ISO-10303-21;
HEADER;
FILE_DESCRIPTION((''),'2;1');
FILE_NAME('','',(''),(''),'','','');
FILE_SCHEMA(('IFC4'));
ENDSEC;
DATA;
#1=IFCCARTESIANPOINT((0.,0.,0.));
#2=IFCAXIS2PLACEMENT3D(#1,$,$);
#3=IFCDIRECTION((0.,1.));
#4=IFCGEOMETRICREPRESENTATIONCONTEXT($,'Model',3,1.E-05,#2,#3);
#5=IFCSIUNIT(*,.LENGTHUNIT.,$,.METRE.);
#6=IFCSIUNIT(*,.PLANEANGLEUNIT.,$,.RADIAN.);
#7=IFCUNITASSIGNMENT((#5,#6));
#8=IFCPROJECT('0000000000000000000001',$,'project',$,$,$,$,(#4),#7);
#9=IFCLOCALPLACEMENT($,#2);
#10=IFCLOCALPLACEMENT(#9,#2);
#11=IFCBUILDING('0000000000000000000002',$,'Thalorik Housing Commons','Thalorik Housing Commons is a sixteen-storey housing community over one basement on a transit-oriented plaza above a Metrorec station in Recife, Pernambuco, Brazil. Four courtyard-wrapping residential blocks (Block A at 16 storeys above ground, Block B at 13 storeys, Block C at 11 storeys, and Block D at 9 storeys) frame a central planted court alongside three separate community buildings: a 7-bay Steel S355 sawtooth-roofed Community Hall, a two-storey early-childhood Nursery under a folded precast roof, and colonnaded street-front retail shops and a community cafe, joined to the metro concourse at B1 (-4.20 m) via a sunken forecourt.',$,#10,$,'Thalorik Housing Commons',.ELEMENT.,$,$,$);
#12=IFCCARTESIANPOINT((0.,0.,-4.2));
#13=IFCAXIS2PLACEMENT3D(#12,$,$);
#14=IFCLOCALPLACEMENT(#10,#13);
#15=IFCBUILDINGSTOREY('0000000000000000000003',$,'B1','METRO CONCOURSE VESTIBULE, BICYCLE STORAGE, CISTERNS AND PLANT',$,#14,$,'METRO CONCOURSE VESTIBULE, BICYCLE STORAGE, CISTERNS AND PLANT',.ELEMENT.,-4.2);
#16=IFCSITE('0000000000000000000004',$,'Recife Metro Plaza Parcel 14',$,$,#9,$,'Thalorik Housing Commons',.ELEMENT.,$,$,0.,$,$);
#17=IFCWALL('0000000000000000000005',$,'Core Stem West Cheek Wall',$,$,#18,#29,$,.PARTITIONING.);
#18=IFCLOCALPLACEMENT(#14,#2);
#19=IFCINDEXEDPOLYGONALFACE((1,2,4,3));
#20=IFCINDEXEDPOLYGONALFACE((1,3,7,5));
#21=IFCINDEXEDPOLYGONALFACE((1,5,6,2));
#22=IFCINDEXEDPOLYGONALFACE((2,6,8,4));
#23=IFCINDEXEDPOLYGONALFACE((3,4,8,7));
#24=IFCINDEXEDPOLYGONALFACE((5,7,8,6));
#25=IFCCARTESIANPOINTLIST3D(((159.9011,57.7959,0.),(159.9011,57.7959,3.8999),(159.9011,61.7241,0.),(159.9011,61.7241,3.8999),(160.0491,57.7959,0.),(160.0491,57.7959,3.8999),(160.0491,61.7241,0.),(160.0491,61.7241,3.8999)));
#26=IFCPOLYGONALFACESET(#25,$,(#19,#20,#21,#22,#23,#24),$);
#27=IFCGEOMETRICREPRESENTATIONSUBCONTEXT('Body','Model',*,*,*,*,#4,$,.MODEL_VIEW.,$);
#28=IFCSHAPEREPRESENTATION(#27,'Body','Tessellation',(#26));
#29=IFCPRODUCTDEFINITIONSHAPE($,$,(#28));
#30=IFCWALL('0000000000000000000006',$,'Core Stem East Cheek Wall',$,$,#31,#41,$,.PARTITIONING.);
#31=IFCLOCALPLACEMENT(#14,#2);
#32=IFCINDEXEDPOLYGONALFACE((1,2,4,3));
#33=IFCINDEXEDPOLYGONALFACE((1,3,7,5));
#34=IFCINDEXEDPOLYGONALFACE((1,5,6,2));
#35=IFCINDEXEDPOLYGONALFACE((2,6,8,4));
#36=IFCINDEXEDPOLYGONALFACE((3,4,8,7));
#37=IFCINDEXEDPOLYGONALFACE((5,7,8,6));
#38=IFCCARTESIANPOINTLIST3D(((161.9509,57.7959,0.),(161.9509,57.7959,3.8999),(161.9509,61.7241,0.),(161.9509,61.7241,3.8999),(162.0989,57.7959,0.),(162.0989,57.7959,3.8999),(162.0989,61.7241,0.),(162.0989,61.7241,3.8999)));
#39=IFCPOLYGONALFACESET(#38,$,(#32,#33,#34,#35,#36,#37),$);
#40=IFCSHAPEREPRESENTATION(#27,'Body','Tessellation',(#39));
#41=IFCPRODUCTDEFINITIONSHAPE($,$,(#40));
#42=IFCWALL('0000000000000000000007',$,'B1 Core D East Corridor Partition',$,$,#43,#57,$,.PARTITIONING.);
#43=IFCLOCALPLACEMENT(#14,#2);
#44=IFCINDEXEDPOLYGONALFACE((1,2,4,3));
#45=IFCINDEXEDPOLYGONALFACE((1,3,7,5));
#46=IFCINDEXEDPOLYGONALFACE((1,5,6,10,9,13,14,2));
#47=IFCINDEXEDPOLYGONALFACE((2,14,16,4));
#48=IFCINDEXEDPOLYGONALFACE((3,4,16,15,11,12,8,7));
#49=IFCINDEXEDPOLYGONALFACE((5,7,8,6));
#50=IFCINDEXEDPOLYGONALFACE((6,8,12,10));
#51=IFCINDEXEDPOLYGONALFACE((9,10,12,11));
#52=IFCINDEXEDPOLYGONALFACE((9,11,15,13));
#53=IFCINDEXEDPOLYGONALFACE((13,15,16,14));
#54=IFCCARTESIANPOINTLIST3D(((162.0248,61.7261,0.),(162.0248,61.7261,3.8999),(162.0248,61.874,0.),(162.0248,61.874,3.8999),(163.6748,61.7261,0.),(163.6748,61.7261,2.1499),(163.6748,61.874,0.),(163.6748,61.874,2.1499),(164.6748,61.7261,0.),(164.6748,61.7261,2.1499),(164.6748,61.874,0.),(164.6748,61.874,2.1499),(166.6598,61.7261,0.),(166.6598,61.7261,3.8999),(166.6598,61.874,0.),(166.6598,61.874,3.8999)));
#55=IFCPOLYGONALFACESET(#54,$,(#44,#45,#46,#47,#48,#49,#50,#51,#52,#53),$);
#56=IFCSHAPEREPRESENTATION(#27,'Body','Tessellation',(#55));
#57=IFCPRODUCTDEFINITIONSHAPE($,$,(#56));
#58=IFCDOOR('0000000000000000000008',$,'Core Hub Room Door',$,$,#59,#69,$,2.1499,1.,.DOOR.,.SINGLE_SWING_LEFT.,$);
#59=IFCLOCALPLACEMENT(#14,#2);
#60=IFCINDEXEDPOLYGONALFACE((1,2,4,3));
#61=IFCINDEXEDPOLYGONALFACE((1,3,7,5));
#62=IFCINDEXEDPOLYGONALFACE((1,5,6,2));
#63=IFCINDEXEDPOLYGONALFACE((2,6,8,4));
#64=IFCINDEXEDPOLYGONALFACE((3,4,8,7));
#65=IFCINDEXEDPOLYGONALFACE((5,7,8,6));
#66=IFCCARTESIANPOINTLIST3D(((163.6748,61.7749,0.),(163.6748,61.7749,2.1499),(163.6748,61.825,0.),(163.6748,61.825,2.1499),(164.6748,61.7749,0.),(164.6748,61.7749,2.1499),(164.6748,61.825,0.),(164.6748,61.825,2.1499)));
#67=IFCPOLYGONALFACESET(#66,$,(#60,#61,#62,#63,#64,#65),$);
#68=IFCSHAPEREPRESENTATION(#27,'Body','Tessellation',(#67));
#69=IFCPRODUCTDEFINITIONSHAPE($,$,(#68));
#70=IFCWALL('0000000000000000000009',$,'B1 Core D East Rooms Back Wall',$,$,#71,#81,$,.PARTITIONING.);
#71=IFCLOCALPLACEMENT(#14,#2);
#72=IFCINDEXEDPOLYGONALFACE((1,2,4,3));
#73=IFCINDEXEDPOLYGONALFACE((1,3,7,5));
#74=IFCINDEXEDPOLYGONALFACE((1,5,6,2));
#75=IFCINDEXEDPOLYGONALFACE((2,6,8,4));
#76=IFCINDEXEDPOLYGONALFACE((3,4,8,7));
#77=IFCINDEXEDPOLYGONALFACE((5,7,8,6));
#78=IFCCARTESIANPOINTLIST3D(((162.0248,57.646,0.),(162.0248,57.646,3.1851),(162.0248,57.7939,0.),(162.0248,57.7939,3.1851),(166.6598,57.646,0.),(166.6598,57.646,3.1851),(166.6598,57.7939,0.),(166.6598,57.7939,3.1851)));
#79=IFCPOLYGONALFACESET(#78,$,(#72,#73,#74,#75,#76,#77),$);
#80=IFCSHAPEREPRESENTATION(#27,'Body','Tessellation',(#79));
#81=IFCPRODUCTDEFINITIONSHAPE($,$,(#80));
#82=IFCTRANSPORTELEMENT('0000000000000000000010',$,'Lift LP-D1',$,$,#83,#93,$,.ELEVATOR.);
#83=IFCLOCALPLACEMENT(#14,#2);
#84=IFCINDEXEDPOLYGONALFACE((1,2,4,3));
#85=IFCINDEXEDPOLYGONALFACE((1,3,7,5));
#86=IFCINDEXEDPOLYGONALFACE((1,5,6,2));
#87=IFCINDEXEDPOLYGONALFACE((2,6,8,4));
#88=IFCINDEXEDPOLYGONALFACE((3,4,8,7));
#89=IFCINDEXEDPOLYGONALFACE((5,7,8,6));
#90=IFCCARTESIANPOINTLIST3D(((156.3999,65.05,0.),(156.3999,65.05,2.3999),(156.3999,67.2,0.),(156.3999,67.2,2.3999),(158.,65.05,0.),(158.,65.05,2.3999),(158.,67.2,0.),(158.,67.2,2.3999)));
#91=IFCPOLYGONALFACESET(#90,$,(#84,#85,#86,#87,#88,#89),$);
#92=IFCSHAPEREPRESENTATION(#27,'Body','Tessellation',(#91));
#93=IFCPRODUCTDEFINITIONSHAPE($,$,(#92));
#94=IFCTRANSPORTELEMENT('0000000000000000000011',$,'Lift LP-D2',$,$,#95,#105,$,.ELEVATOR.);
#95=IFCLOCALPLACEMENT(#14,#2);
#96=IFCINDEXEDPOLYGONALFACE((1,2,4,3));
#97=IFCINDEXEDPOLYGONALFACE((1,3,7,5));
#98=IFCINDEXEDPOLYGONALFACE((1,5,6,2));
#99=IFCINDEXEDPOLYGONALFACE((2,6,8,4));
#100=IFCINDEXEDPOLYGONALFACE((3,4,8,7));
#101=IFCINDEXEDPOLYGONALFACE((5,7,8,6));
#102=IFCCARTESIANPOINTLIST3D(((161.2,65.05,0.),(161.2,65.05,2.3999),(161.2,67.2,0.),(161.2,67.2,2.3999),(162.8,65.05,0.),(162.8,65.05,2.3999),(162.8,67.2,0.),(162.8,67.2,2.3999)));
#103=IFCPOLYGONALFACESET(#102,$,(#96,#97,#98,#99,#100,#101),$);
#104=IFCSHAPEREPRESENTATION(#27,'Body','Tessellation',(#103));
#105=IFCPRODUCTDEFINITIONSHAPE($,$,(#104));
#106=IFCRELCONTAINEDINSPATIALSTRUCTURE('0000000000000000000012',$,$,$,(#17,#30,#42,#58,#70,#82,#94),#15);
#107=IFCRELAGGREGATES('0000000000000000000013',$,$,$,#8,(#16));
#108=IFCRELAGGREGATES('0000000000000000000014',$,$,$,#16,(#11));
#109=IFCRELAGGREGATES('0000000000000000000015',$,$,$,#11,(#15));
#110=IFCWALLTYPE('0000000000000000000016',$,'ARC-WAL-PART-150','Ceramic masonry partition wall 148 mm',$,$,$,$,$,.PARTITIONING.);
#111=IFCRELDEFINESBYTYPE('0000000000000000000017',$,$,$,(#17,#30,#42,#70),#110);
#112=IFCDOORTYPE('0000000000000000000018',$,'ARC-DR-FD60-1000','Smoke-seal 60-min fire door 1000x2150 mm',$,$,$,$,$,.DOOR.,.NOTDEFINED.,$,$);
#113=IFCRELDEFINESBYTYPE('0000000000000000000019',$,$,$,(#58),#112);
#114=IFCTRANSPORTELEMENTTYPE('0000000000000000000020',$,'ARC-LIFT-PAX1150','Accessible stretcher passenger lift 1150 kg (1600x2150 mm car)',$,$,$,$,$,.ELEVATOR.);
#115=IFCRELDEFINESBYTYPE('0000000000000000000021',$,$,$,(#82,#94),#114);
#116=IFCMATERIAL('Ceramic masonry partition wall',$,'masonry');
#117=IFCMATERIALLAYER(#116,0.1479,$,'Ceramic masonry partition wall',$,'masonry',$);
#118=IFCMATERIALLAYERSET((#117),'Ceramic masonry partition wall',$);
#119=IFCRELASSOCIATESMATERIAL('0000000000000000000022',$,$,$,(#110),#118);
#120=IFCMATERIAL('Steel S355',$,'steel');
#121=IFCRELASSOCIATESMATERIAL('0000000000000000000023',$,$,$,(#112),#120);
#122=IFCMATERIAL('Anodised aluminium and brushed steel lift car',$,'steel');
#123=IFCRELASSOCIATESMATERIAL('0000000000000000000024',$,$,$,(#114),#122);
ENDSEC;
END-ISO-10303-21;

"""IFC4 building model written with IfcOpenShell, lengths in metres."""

from ifc_helpers import new_model, si_unit, direction, frame, frame_2d, origin, origin_2d, place, context, subcontext, project, spatial, rectangle, extrude, material, layer, layer_set, type_object, element, fill, save


model = new_model("IFC4")

# Units and contexts
model_context = context("Model", 3, precision=1e-05, world=origin(), true_north=direction((0.0, 1.0)))
body_context = subcontext(model_context, "Body", "Model", "MODEL_VIEW")
ifc_project = project(units=[si_unit("LENGTHUNIT", "METRE"), si_unit("PLANEANGLEUNIT", "RADIAN")], contexts=[model_context])

# Site, building, storey
site_placement = place(None, origin())
site = spatial("IfcSite", under=ifc_project, at=site_placement, Name="Recife Metro Plaza Parcel 14", LongName="Thalorik Housing Commons", CompositionType="ELEMENT", RefElevation=0.0)
building_placement = place(site_placement, origin())
building = spatial("IfcBuilding", under=site, at=building_placement, Name="Thalorik Housing Commons", Description="Thalorik Housing Commons is a sixteen-storey housing community over one basement on a transit-oriented plaza above a Metrorec station in Recife, Pernambuco, Brazil. Four courtyard-wrapping residential blocks (Block A at 16 storeys above ground, Block B at 13 storeys, Block C at 11 storeys, and Block D at 9 storeys) frame a central planted court alongside three separate community buildings: a 7-bay Steel S355 sawtooth-roofed Community Hall, a two-storey early-childhood Nursery under a folded precast roof, and colonnaded street-front retail shops and a community cafe, joined to the metro concourse at B1 (-4.20 m) via a sunken forecourt.", LongName="Thalorik Housing Commons", CompositionType="ELEMENT")
storey_placement = place(building_placement, frame((0.0, 0.0, -4.2)))
storey = spatial("IfcBuildingStorey", under=building, at=storey_placement, Name="B1", Description="METRO CONCOURSE VESTIBULE, BICYCLE STORAGE, CISTERNS AND PLANT", LongName="METRO CONCOURSE VESTIBULE, BICYCLE STORAGE, CISTERNS AND PLANT", CompositionType="ELEMENT", Elevation=-4.2)

# Walls
ifc_material_1 = material(Name="Ceramic masonry partition wall", Category="masonry")
ifc_layer = layer(ifc_material_1, 0.1479, Name="Ceramic masonry partition wall", Category="masonry")
ifc_layer_set = layer_set([ifc_layer], Name="Ceramic masonry partition wall")
wall_type = type_object("IfcWallType", Name="ARC-WAL-PART-150", Description="Ceramic masonry partition wall 148 mm", PredefinedType="PARTITIONING", material=ifc_layer_set)
for number, where, z_axis, x_axis, name in (
    (1, (159.9751, 61.7241, 0.0), (0.0, 0.0, 1.0), (0.0, -1.0, 0.0), "Core Stem West Cheek Wall"),
    (2, (162.0249, 61.7241, 0.0), (0.0, 0.0, 1.0), (0.0, -1.0, 0.0), "Core Stem East Cheek Wall"),
):
    element("IfcWall", number, at=place(storey_placement, frame(where, z_axis=z_axis, x_axis=x_axis)), inside=storey, type_object=wall_type, Name=name, PredefinedType="PARTITIONING", context=body_context, shape_type="SweptSolid", body=[
        extrude(rectangle(XDim=3.9282, YDim=0.1479, at=frame_2d((1.9641, 0.0))), origin(), (0.0, 0.0, 1.0), 3.8999),
    ])

# Wall, opening, door
wall_1_placement = place(storey_placement, frame((162.0249, 61.8, 0.0), z_axis=(0.0, 0.0, 1.0), x_axis=(1.0, 0.0, 0.0)))
wall_1 = element("IfcWall", 3, at=wall_1_placement, inside=storey, type_object=wall_type, Name="B1 Core D East Corridor Partition", PredefinedType="PARTITIONING", context=body_context, shape_type="SweptSolid", body=[
    extrude(rectangle(XDim=4.635, YDim=0.1479, at=frame_2d((2.3174, 0.0))), origin(), (0.0, 0.0, 1.0), 3.8999),
])
opening_placement = place(wall_1_placement, frame((1.6499, 0.0, 0.0)))
opening = element("IfcOpeningElement", 4, at=opening_placement, cuts=wall_1, PredefinedType="OPENING", context=body_context, shape_type="SweptSolid", body=[
    extrude(rectangle(XDim=1.0, YDim=2.1499, at=frame_2d((0.5, 1.075))), frame((0.0, 0.084, 0.0), z_axis=(0.0, -1.0, 0.0), x_axis=(1.0, 0.0, 0.0)), (0.0, 0.0, 1.0), 0.168),
])
ifc_material_2 = material(Name="Steel S355", Category="steel")
door_type = type_object("IfcDoorType", Name="ARC-DR-FD60-1000", Description="Smoke-seal 60-min fire door 1000x2150 mm", OperationType="NOTDEFINED", PredefinedType="DOOR", material=ifc_material_2)
door_placement = place(opening_placement, origin())
door = element("IfcDoor", 5, at=door_placement, inside=storey, type_object=door_type, Name="Core Hub Room Door", OperationType="SINGLE_SWING_LEFT", OverallHeight=2.1499, OverallWidth=1.0, PredefinedType="DOOR", context=body_context, shape_type="SweptSolid", body=[
    extrude(rectangle(XDim=1.0, YDim=2.1499, at=frame_2d((0.5, 1.075))), frame((0.0, 0.0249, 0.0), z_axis=(0.0, -1.0, 0.0), x_axis=(1.0, 0.0, 0.0)), (0.0, 0.0, 1.0), 0.05),
])
fill(opening, door)

# Wall
wall_2_placement = place(storey_placement, frame((162.0249, 57.72, 0.0), z_axis=(0.0, 0.0, 1.0), x_axis=(1.0, 0.0, 0.0)))
element("IfcWall", 6, at=wall_2_placement, inside=storey, type_object=wall_type, Name="B1 Core D East Rooms Back Wall", PredefinedType="PARTITIONING", context=body_context, shape_type="SweptSolid", body=[
    extrude(rectangle(XDim=4.635, YDim=0.1479, at=frame_2d((2.3174, 0.0))), origin(), (0.0, 0.0, 1.0), 3.1851),
])

# Transport elements
ifc_material_3 = material(Name="Anodised aluminium and brushed steel lift car", Category="steel")
transport_element_type = type_object("IfcTransportElementType", Name="ARC-LIFT-PAX1150", Description="Accessible stretcher passenger lift 1150 kg (1600x2150 mm car)", PredefinedType="ELEVATOR", material=ifc_material_3)
for number, where, z_axis, x_axis, name in (
    (7, (157.2, 66.125, 0.0), (0.0, 0.0, 1.0), (1.0, 0.0, 0.0), "Lift LP-D1"),
    (8, (162.0, 66.125, 0.0), (0.0, 0.0, 1.0), (1.0, 0.0, 0.0), "Lift LP-D2"),
):
    element("IfcTransportElement", number, at=place(storey_placement, frame(where, z_axis=z_axis, x_axis=x_axis)), inside=storey, type_object=transport_element_type, Name=name, PredefinedType="ELEVATOR", context=body_context, shape_type="SweptSolid", body=[
        extrude(rectangle(XDim=1.6001, YDim=2.1499, at=origin_2d()), origin(), (0.0, 0.0, 1.0), 2.3999),
    ])

save(model, "model.ifc")
